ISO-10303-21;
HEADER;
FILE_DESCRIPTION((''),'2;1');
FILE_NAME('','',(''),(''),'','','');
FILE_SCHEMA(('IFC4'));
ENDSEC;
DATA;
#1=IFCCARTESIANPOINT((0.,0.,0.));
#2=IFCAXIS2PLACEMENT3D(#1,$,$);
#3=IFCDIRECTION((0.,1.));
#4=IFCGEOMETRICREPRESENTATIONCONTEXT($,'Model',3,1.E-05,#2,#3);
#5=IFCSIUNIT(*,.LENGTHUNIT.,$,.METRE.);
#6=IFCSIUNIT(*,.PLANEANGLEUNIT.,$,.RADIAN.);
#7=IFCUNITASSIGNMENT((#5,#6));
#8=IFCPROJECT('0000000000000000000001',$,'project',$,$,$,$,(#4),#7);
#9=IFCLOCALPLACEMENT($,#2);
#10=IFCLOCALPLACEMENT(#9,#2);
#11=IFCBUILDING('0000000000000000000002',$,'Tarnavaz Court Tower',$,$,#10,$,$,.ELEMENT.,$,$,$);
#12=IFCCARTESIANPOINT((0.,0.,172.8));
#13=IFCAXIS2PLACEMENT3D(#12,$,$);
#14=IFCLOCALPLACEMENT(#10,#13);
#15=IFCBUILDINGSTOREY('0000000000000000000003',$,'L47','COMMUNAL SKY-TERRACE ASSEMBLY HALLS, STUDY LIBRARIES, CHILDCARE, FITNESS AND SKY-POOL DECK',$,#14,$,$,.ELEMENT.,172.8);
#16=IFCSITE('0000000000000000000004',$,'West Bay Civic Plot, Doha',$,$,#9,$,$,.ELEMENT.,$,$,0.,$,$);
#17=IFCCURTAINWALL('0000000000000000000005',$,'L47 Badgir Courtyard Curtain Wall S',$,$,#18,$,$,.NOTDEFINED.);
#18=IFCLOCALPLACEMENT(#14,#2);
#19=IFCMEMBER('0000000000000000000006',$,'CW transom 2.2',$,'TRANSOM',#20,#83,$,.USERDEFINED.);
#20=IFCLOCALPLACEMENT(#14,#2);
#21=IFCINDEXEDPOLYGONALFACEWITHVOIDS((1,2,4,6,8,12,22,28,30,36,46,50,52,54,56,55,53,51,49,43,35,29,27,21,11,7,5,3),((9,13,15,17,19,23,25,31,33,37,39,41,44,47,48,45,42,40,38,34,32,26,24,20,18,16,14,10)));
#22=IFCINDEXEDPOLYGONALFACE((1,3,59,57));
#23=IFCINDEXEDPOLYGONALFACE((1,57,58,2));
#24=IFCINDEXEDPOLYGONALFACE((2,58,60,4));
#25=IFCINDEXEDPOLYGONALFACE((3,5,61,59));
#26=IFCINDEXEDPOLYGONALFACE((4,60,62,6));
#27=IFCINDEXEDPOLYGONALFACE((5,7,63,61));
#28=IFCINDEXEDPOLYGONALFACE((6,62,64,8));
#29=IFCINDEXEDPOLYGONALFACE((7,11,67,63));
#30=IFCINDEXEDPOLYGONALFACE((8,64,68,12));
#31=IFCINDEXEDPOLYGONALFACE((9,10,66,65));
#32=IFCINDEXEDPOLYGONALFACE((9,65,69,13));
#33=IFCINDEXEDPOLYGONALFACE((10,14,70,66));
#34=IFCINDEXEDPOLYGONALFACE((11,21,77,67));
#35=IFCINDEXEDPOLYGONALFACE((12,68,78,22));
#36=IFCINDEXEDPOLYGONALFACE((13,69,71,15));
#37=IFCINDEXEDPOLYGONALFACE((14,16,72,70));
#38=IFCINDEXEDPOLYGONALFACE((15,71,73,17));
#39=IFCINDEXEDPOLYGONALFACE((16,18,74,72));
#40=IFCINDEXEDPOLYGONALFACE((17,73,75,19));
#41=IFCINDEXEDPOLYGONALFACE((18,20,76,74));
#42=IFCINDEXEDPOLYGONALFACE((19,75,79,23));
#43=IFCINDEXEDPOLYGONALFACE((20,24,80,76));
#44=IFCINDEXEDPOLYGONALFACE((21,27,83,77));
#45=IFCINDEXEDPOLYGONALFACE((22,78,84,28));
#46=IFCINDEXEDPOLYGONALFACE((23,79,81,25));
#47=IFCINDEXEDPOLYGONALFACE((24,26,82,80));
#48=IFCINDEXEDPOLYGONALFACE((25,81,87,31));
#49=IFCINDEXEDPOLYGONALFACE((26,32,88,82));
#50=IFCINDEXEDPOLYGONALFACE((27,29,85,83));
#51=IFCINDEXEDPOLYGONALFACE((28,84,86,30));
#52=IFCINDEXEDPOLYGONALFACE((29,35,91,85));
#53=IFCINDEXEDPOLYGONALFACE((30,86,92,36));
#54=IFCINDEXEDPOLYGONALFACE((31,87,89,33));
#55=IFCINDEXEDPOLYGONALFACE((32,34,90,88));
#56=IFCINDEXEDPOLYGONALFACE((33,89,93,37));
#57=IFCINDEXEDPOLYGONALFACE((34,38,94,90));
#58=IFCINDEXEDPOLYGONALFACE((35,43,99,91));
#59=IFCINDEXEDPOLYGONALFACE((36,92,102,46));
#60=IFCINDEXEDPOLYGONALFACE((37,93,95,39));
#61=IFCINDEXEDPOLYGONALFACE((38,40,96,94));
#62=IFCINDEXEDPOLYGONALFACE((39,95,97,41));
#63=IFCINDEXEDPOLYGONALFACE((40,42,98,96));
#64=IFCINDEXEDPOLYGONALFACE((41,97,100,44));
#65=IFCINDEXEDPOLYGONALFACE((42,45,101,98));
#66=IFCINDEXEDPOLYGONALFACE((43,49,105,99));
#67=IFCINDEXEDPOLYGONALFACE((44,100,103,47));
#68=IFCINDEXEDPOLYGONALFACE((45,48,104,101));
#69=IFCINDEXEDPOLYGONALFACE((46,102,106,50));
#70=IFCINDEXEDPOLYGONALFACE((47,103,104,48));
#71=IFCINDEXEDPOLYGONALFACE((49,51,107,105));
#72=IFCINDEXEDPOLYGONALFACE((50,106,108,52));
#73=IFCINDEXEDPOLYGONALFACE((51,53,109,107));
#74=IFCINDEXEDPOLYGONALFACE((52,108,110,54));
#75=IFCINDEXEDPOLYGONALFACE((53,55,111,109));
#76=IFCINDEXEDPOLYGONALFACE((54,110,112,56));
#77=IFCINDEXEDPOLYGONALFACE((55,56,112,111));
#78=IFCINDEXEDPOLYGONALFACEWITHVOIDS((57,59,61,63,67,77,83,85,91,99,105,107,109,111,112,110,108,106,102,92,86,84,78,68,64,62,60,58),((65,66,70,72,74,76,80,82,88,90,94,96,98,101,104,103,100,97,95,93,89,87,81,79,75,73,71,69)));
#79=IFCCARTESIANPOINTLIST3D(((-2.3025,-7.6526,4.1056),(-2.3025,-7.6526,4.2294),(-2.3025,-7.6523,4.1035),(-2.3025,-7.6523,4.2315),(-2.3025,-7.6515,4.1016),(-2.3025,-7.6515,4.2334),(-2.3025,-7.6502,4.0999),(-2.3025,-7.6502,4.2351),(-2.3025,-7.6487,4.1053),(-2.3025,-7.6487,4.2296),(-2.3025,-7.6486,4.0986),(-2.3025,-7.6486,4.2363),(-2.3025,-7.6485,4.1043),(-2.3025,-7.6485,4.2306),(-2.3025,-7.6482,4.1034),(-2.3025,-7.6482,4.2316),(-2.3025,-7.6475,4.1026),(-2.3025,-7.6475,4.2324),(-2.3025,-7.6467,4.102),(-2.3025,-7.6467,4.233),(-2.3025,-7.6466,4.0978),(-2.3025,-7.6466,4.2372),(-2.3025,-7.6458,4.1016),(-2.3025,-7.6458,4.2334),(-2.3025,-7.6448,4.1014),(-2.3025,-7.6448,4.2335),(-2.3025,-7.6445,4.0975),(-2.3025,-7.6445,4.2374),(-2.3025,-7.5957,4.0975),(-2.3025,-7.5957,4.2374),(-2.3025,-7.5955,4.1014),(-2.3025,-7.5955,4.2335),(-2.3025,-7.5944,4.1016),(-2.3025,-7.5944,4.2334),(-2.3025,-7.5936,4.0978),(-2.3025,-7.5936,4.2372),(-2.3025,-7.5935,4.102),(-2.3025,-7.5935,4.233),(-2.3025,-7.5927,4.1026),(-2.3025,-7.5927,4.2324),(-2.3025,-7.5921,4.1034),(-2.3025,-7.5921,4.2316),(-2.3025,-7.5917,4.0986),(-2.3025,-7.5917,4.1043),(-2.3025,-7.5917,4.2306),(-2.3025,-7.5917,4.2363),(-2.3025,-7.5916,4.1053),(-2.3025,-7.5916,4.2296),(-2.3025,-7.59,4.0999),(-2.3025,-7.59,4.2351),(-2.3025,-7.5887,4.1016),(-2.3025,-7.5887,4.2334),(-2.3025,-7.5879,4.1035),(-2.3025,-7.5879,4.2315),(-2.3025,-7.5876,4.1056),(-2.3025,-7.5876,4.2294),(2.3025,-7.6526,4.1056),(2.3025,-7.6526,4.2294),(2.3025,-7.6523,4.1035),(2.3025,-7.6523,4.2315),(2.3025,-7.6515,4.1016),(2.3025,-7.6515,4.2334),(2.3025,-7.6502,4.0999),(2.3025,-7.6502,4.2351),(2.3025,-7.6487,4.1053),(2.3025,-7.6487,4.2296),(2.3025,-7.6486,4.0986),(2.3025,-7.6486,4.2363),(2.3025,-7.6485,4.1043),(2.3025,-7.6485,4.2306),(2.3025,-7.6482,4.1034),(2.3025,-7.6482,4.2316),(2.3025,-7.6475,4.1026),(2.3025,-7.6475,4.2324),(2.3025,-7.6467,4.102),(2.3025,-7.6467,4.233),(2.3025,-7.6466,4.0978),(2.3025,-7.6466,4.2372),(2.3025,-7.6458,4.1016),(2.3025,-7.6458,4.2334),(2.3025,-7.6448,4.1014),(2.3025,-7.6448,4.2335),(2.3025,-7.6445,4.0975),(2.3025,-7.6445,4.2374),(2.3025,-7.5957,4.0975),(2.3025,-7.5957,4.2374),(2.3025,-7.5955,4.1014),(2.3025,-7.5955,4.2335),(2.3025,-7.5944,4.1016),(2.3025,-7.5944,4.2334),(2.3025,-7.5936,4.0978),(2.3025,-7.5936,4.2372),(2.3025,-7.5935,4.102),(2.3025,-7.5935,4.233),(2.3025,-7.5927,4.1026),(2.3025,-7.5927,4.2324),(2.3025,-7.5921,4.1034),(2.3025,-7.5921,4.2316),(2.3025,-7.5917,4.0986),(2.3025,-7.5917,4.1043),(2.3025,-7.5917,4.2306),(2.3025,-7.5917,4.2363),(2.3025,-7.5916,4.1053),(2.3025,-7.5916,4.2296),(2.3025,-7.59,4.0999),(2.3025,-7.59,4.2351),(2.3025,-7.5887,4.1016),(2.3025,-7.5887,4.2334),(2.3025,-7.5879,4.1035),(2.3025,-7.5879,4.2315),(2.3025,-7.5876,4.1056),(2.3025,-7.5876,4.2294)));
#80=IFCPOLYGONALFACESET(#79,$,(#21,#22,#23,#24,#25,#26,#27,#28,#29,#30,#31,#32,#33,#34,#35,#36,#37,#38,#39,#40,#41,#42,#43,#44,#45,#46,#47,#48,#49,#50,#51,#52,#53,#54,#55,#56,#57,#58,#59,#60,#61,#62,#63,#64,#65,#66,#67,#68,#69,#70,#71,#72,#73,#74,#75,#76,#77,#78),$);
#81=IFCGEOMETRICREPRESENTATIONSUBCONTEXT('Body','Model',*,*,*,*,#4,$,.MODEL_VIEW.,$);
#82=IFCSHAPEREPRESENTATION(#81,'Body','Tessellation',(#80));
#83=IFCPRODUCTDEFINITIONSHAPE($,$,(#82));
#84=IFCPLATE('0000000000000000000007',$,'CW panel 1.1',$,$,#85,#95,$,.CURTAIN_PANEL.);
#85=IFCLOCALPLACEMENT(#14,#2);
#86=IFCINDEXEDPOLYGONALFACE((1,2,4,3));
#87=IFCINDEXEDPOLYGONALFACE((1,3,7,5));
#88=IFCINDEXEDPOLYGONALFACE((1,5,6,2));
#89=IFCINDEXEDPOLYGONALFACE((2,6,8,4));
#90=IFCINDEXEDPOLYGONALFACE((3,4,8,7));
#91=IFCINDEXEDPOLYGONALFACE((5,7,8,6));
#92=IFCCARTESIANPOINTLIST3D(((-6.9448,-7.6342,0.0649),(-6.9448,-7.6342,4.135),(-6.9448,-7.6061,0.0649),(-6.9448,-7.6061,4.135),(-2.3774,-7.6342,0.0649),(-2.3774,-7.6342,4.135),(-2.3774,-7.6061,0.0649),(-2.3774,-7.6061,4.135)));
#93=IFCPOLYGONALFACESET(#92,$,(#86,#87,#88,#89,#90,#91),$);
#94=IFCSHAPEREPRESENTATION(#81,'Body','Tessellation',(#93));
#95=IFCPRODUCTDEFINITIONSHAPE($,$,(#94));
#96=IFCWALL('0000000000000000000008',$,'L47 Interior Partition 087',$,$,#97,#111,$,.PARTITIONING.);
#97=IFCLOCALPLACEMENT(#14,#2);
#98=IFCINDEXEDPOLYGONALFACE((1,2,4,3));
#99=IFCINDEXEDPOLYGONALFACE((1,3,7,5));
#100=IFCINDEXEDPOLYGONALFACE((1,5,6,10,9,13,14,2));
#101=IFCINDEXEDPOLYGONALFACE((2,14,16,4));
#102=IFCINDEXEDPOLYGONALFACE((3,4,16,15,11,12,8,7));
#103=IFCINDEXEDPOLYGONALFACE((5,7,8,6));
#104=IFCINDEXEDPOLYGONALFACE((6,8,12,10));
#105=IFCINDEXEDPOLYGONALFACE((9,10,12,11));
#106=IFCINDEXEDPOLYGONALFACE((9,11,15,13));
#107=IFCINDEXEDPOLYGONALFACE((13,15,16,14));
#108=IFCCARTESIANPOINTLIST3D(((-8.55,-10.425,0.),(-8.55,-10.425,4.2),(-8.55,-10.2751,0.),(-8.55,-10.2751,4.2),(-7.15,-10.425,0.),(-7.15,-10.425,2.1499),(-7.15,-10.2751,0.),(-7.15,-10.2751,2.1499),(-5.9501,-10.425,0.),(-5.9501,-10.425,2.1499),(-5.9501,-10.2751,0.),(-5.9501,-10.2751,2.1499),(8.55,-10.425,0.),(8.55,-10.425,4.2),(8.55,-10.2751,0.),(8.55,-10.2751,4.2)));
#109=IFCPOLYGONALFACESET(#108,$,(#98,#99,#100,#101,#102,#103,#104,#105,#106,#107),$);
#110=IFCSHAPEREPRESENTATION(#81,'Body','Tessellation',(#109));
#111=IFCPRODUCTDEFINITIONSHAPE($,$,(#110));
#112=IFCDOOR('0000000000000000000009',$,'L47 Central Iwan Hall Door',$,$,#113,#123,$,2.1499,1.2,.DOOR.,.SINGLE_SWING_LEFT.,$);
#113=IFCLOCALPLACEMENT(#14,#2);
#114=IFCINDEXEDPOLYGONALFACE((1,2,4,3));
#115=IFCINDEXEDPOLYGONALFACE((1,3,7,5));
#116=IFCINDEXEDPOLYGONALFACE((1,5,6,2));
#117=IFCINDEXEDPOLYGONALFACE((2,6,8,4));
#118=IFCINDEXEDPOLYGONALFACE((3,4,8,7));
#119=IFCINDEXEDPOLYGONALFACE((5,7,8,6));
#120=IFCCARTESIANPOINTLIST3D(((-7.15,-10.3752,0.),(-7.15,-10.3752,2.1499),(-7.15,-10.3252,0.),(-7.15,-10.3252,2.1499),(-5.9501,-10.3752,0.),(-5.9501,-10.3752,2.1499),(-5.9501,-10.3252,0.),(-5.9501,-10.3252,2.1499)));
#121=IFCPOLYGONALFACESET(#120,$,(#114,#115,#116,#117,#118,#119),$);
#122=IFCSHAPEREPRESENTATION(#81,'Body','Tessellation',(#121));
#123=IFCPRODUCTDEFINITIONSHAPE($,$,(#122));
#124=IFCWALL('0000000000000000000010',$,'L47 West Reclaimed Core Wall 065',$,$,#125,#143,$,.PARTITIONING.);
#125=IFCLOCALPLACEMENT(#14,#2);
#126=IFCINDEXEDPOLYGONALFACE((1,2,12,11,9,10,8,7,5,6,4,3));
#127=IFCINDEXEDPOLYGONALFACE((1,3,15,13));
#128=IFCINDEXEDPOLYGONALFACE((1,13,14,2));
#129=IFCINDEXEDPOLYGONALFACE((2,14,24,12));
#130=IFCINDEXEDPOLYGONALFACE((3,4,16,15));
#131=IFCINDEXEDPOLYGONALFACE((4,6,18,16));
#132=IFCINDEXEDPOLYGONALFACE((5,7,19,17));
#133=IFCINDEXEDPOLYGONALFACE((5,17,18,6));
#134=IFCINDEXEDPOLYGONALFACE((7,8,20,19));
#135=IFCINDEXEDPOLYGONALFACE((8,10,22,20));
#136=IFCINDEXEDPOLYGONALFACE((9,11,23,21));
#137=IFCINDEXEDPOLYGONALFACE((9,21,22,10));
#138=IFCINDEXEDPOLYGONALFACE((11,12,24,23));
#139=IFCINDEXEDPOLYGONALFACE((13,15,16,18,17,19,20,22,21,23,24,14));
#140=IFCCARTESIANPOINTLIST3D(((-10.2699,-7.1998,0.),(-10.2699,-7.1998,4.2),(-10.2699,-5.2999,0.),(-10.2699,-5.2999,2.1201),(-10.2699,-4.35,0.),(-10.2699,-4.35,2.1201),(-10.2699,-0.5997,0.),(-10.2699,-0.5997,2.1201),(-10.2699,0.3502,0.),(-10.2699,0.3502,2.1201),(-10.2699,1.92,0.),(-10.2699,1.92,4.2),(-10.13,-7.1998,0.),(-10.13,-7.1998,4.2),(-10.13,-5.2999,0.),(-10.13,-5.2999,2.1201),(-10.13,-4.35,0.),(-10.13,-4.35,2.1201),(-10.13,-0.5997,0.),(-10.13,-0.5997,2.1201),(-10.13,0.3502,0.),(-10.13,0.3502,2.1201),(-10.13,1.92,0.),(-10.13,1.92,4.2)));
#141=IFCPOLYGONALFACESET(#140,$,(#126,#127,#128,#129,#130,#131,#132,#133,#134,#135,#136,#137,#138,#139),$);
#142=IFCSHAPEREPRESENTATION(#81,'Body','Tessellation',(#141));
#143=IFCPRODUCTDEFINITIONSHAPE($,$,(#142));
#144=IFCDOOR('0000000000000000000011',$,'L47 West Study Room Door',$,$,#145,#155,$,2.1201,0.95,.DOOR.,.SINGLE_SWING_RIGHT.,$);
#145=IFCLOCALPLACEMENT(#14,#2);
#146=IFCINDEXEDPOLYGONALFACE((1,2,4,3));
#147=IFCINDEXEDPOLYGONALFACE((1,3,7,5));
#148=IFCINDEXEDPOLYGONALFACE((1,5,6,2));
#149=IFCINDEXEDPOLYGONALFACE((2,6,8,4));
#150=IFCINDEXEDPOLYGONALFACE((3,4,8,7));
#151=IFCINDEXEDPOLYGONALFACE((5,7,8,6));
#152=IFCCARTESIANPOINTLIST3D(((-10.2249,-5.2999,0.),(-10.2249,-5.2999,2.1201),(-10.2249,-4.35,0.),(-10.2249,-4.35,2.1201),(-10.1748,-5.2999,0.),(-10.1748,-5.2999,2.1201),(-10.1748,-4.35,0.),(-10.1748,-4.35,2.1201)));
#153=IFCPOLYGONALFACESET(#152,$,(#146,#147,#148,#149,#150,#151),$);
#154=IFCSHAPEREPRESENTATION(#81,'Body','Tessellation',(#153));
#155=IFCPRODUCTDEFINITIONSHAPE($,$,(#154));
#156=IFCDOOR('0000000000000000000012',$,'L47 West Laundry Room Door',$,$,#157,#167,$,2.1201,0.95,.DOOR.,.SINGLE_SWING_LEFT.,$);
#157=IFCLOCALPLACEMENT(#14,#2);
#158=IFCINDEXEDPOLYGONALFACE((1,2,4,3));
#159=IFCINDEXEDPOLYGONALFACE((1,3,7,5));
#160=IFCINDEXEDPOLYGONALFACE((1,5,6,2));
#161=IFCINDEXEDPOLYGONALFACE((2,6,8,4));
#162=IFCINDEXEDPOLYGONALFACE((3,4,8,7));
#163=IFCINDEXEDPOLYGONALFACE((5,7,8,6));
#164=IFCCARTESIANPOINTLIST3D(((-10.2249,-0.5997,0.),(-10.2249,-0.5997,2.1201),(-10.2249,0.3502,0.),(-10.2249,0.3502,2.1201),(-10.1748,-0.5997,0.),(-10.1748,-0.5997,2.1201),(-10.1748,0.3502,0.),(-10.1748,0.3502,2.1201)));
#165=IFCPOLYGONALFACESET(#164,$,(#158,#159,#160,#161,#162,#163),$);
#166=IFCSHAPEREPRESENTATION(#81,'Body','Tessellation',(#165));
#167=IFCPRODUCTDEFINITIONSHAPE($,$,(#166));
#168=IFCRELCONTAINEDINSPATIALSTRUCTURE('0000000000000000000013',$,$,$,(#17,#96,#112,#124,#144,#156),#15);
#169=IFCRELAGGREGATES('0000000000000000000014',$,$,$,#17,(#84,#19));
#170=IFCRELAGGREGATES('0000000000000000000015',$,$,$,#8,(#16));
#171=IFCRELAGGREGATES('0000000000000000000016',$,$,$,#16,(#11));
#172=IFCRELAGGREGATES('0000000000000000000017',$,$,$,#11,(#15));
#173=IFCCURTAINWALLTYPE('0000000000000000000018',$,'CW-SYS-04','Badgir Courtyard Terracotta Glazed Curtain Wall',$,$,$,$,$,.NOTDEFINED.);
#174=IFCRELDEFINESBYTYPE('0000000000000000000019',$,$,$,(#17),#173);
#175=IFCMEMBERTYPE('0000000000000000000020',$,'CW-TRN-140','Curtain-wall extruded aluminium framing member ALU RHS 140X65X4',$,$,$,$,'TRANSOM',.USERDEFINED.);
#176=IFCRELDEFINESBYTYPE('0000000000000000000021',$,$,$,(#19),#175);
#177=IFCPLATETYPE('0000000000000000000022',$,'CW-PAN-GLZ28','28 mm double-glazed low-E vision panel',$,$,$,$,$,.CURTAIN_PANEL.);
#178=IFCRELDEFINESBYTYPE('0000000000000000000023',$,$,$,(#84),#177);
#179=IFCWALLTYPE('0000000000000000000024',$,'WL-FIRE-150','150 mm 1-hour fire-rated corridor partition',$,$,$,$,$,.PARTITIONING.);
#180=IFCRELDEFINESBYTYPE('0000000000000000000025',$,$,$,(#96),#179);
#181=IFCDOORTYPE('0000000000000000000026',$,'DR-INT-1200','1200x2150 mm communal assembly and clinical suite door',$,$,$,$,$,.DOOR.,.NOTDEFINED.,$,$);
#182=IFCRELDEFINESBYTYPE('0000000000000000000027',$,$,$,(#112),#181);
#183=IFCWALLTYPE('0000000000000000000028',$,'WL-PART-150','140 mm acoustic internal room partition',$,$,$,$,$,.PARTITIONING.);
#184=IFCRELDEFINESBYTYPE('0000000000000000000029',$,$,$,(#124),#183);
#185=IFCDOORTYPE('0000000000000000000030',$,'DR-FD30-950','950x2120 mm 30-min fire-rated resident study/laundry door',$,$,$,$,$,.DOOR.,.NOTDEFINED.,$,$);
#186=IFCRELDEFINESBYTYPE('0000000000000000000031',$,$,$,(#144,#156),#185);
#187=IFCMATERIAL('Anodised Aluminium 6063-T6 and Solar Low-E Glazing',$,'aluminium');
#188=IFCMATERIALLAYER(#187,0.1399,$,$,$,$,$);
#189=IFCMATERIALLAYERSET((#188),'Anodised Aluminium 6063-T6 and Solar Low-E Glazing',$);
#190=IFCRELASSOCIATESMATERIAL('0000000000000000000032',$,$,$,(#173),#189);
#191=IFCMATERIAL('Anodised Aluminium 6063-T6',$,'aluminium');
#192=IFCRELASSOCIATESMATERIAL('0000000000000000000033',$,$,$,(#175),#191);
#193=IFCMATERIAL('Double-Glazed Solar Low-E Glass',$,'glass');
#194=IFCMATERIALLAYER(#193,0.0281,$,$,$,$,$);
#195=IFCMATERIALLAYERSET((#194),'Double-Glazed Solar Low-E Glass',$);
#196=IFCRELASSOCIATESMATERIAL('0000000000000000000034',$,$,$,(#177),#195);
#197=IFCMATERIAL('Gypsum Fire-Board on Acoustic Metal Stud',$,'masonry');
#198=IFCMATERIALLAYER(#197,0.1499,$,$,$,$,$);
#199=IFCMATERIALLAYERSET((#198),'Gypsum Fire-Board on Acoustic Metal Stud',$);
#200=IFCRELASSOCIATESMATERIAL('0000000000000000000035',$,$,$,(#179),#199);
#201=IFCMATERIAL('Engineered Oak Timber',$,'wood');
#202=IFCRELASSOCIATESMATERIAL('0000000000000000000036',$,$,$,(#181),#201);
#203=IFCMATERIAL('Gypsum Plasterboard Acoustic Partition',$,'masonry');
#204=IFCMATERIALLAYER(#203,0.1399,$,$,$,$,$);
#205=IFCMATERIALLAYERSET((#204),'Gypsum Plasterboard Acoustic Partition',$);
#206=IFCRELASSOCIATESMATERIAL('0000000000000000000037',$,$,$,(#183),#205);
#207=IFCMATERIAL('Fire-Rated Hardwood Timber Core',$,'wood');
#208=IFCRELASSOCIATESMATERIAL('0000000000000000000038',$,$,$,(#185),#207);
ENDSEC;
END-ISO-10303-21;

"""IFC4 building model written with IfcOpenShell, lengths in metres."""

from ifc_helpers import new_model, si_unit, direction, frame, frame_2d, origin, origin_2d, place, context, subcontext, project, spatial, rectangle, hollow_rectangle, extrude, material, layer, layer_set, material_profile, profile_set, type_object, element, fill, aggregate, save


model = new_model("IFC4")

# Units and contexts
model_context = context("Model", 3, precision=1e-05, world=origin(), true_north=direction((0.0, 1.0)))
body_context = subcontext(model_context, "Body", "Model", "MODEL_VIEW")
ifc_project = project(units=[si_unit("LENGTHUNIT", "METRE"), si_unit("PLANEANGLEUNIT", "RADIAN")], contexts=[model_context])

# Site, building, storey
site_placement = place(None, origin())
site = spatial("IfcSite", under=ifc_project, at=site_placement, Name="West Bay Civic Plot, Doha", CompositionType="ELEMENT", RefElevation=0.0)
building_placement = place(site_placement, origin())
building = spatial("IfcBuilding", under=site, at=building_placement, Name="Tarnavaz Court Tower", CompositionType="ELEMENT")
storey_placement = place(building_placement, frame((0.0, 0.0, 172.8)))
storey = spatial("IfcBuildingStorey", under=building, at=storey_placement, Name="L47", Description="COMMUNAL SKY-TERRACE ASSEMBLY HALLS, STUDY LIBRARIES, CHILDCARE, FITNESS AND SKY-POOL DECK", CompositionType="ELEMENT", Elevation=172.8)

# Curtain wall, member, plate
ifc_material_1 = material(Name="Anodised Aluminium 6063-T6 and Solar Low-E Glazing", Category="aluminium")
ifc_layer_1 = layer(ifc_material_1, 0.1399)
ifc_layer_set_1 = layer_set([ifc_layer_1], Name="Anodised Aluminium 6063-T6 and Solar Low-E Glazing")
curtain_wall_type = type_object("IfcCurtainWallType", Name="CW-SYS-04", Description="Badgir Courtyard Terracotta Glazed Curtain Wall", PredefinedType="NOTDEFINED", material=ifc_layer_set_1)
curtain_wall_placement = place(storey_placement, origin())
curtain_wall = element("IfcCurtainWall", 1, at=curtain_wall_placement, inside=storey, type_object=curtain_wall_type, Name="L47 Badgir Courtyard Curtain Wall S", PredefinedType="NOTDEFINED")
ifc_material_2 = material(Name="Anodised Aluminium 6063-T6", Category="aluminium")
ifc_material_profile_1 = material_profile(ifc_material_2, hollow_rectangle(XDim=0.0649, YDim=0.1399, WallThickness=0.0039, InnerFilletRadius=0.0039, OuterFilletRadius=0.0081, at=origin_2d()), Name="ALU RHS 140X65X4")
ifc_profile_set_1 = profile_set([ifc_material_profile_1], Name="Anodised Aluminium 6063-T6")
member_type_1 = type_object("IfcMemberType", Name="CW-TRN-140", Description="Curtain-wall extruded aluminium framing member ALU RHS 140X65X4", ElementType="TRANSOM", PredefinedType="USERDEFINED", material=ifc_profile_set_1)
member_1_placement = place(storey_placement, frame((-2.3025, -7.6201, 4.1675), z_axis=(1.0, 0.0, 0.0), x_axis=(0.0, 1.0, 0.0)))
member_1 = element("IfcMember", 2, at=member_1_placement, type_object=member_type_1, Name="CW transom 2.2", ObjectType="TRANSOM", PredefinedType="USERDEFINED", context=body_context, shape_type="SweptSolid", body=[
    extrude(hollow_rectangle(XDim=0.0649, YDim=0.1399, WallThickness=0.0039, InnerFilletRadius=0.0039, OuterFilletRadius=0.0081, at=origin_2d()), origin(), (0.0, 0.0, 1.0), 4.605),
])
ifc_material_3 = material(Name="Double-Glazed Solar Low-E Glass", Category="glass")
ifc_layer_2 = layer(ifc_material_3, 0.0281)
ifc_layer_set_2 = layer_set([ifc_layer_2], Name="Double-Glazed Solar Low-E Glass")
plate_type = type_object("IfcPlateType", Name="CW-PAN-GLZ28", Description="28 mm double-glazed low-E vision panel", PredefinedType="CURTAIN_PANEL", material=ifc_layer_set_2)
plate_placement = place(storey_placement, frame((-4.6611, -7.6201, 0.0649), z_axis=(0.0, 0.0, 1.0), x_axis=(1.0, 0.0, 0.0)))
plate = element("IfcPlate", 3, at=plate_placement, type_object=plate_type, Name="CW panel 1.1", PredefinedType="CURTAIN_PANEL", context=body_context, shape_type="SweptSolid", body=[
    extrude(rectangle(XDim=4.5674, YDim=0.0281, at=origin_2d()), origin(), (0.0, 0.0, 1.0), 4.0701),
])
aggregate(curtain_wall, [plate, member_1])

# Wall, opening, door
ifc_material_4 = material(Name="Gypsum Fire-Board on Acoustic Metal Stud", Category="masonry")
ifc_layer_3 = layer(ifc_material_4, 0.1499)
ifc_layer_set_3 = layer_set([ifc_layer_3], Name="Gypsum Fire-Board on Acoustic Metal Stud")
wall_type_1 = type_object("IfcWallType", Name="WL-FIRE-150", Description="150 mm 1-hour fire-rated corridor partition", PredefinedType="PARTITIONING", material=ifc_layer_set_3)
wall_1_placement = place(storey_placement, frame((-8.55, -10.3501, 0.0), z_axis=(0.0, 0.0, 1.0), x_axis=(1.0, 0.0, 0.0)))
wall_1 = element("IfcWall", 4, at=wall_1_placement, inside=storey, type_object=wall_type_1, Name="L47 Interior Partition 087", PredefinedType="PARTITIONING", context=body_context, shape_type="SweptSolid", body=[
    extrude(rectangle(XDim=17.1001, YDim=0.1499, at=frame_2d((8.55, 0.0))), origin(), (0.0, 0.0, 1.0), 4.2),
])
opening_1_placement = place(wall_1_placement, frame((1.3999, 0.0, 0.0)))
opening_1 = element("IfcOpeningElement", 5, at=opening_1_placement, cuts=wall_1, PredefinedType="OPENING", context=body_context, shape_type="SweptSolid", body=[
    extrude(rectangle(XDim=1.2, YDim=2.1499, at=frame_2d((0.6001, 1.075))), frame((0.0, 0.085, 0.0), z_axis=(0.0, -1.0, 0.0), x_axis=(1.0, 0.0, 0.0)), (0.0, 0.0, 1.0), 0.1699),
])
ifc_material_5 = material(Name="Engineered Oak Timber", Category="wood")
door_type_1 = type_object("IfcDoorType", Name="DR-INT-1200", Description="1200x2150 mm communal assembly and clinical suite door", OperationType="NOTDEFINED", PredefinedType="DOOR", material=ifc_material_5)
door_1_placement = place(opening_1_placement, origin())
door_1 = element("IfcDoor", 6, at=door_1_placement, inside=storey, type_object=door_type_1, Name="L47 Central Iwan Hall Door", OperationType="SINGLE_SWING_LEFT", OverallHeight=2.1499, OverallWidth=1.2, PredefinedType="DOOR", context=body_context, shape_type="SweptSolid", body=[
    extrude(rectangle(XDim=1.2, YDim=2.1499, at=frame_2d((0.6001, 1.075))), frame((0.0, 0.0249, 0.0), z_axis=(0.0, -1.0, 0.0), x_axis=(1.0, 0.0, 0.0)), (0.0, 0.0, 1.0), 0.05),
])
fill(opening_1, door_1)

# Wall, openings, doors
ifc_material_6 = material(Name="Gypsum Plasterboard Acoustic Partition", Category="masonry")
ifc_layer_4 = layer(ifc_material_6, 0.1399)
ifc_layer_set_4 = layer_set([ifc_layer_4], Name="Gypsum Plasterboard Acoustic Partition")
wall_type_2 = type_object("IfcWallType", Name="WL-PART-150", Description="140 mm acoustic internal room partition", PredefinedType="PARTITIONING", material=ifc_layer_set_4)
wall_2_placement = place(storey_placement, frame((-10.2, -7.2, 0.0), z_axis=(0.0, 0.0, 1.0), x_axis=(0.0, 1.0, 0.0)))
wall_2 = element("IfcWall", 7, at=wall_2_placement, inside=storey, type_object=wall_type_2, Name="L47 West Reclaimed Core Wall 065", PredefinedType="PARTITIONING", context=body_context, shape_type="SweptSolid", body=[
    extrude(rectangle(XDim=9.1199, YDim=0.1399, at=frame_2d((4.5601, 0.0))), origin(), (0.0, 0.0, 1.0), 4.2),
])
opening_2_placement = place(wall_2_placement, frame((1.8999, 0.0, 0.0)))
opening_2 = element("IfcOpeningElement", 8, at=opening_2_placement, cuts=wall_2, PredefinedType="OPENING", context=body_context, shape_type="SweptSolid", body=[
    extrude(rectangle(XDim=0.95, YDim=2.1201, at=frame_2d((0.4751, 1.0601))), frame((0.0, 0.0798, 0.0), z_axis=(0.0, -1.0, 0.0), x_axis=(1.0, 0.0, 0.0)), (0.0, 0.0, 1.0), 0.1599),
])
opening_3_placement = place(wall_2_placement, frame((6.6001, 0.0, 0.0)))
opening_3 = element("IfcOpeningElement", 9, at=opening_3_placement, cuts=wall_2, PredefinedType="OPENING", context=body_context, shape_type="SweptSolid", body=[
    extrude(rectangle(XDim=0.95, YDim=2.1201, at=frame_2d((0.4751, 1.0601))), frame((0.0, 0.0798, 0.0), z_axis=(0.0, -1.0, 0.0), x_axis=(1.0, 0.0, 0.0)), (0.0, 0.0, 1.0), 0.1599),
])
ifc_material_7 = material(Name="Fire-Rated Hardwood Timber Core", Category="wood")
door_type_2 = type_object("IfcDoorType", Name="DR-FD30-950", Description="950x2120 mm 30-min fire-rated resident study/laundry door", OperationType="NOTDEFINED", PredefinedType="DOOR", material=ifc_material_7)
door_2_placement = place(opening_2_placement, origin())
door_2 = element("IfcDoor", 10, at=door_2_placement, inside=storey, type_object=door_type_2, Name="L47 West Study Room Door", OperationType="SINGLE_SWING_RIGHT", OverallHeight=2.1201, OverallWidth=0.95, PredefinedType="DOOR", context=body_context, shape_type="SweptSolid", body=[
    extrude(rectangle(XDim=0.95, YDim=2.1201, at=frame_2d((0.4751, 1.0601))), frame((0.0, 0.0249, 0.0), z_axis=(0.0, -1.0, 0.0), x_axis=(1.0, 0.0, 0.0)), (0.0, 0.0, 1.0), 0.05),
])
fill(opening_2, door_2)
door_3_placement = place(opening_3_placement, origin())
door_3 = element("IfcDoor", 11, at=door_3_placement, inside=storey, type_object=door_type_2, Name="L47 West Laundry Room Door", OperationType="SINGLE_SWING_LEFT", OverallHeight=2.1201, OverallWidth=0.95, PredefinedType="DOOR", context=body_context, shape_type="SweptSolid", body=[
    extrude(rectangle(XDim=0.95, YDim=2.1201, at=frame_2d((0.4751, 1.0601))), frame((0.0, 0.0249, 0.0), z_axis=(0.0, -1.0, 0.0), x_axis=(1.0, 0.0, 0.0)), (0.0, 0.0, 1.0), 0.05),
])
fill(opening_3, door_3)

save(model, "model.ifc")
